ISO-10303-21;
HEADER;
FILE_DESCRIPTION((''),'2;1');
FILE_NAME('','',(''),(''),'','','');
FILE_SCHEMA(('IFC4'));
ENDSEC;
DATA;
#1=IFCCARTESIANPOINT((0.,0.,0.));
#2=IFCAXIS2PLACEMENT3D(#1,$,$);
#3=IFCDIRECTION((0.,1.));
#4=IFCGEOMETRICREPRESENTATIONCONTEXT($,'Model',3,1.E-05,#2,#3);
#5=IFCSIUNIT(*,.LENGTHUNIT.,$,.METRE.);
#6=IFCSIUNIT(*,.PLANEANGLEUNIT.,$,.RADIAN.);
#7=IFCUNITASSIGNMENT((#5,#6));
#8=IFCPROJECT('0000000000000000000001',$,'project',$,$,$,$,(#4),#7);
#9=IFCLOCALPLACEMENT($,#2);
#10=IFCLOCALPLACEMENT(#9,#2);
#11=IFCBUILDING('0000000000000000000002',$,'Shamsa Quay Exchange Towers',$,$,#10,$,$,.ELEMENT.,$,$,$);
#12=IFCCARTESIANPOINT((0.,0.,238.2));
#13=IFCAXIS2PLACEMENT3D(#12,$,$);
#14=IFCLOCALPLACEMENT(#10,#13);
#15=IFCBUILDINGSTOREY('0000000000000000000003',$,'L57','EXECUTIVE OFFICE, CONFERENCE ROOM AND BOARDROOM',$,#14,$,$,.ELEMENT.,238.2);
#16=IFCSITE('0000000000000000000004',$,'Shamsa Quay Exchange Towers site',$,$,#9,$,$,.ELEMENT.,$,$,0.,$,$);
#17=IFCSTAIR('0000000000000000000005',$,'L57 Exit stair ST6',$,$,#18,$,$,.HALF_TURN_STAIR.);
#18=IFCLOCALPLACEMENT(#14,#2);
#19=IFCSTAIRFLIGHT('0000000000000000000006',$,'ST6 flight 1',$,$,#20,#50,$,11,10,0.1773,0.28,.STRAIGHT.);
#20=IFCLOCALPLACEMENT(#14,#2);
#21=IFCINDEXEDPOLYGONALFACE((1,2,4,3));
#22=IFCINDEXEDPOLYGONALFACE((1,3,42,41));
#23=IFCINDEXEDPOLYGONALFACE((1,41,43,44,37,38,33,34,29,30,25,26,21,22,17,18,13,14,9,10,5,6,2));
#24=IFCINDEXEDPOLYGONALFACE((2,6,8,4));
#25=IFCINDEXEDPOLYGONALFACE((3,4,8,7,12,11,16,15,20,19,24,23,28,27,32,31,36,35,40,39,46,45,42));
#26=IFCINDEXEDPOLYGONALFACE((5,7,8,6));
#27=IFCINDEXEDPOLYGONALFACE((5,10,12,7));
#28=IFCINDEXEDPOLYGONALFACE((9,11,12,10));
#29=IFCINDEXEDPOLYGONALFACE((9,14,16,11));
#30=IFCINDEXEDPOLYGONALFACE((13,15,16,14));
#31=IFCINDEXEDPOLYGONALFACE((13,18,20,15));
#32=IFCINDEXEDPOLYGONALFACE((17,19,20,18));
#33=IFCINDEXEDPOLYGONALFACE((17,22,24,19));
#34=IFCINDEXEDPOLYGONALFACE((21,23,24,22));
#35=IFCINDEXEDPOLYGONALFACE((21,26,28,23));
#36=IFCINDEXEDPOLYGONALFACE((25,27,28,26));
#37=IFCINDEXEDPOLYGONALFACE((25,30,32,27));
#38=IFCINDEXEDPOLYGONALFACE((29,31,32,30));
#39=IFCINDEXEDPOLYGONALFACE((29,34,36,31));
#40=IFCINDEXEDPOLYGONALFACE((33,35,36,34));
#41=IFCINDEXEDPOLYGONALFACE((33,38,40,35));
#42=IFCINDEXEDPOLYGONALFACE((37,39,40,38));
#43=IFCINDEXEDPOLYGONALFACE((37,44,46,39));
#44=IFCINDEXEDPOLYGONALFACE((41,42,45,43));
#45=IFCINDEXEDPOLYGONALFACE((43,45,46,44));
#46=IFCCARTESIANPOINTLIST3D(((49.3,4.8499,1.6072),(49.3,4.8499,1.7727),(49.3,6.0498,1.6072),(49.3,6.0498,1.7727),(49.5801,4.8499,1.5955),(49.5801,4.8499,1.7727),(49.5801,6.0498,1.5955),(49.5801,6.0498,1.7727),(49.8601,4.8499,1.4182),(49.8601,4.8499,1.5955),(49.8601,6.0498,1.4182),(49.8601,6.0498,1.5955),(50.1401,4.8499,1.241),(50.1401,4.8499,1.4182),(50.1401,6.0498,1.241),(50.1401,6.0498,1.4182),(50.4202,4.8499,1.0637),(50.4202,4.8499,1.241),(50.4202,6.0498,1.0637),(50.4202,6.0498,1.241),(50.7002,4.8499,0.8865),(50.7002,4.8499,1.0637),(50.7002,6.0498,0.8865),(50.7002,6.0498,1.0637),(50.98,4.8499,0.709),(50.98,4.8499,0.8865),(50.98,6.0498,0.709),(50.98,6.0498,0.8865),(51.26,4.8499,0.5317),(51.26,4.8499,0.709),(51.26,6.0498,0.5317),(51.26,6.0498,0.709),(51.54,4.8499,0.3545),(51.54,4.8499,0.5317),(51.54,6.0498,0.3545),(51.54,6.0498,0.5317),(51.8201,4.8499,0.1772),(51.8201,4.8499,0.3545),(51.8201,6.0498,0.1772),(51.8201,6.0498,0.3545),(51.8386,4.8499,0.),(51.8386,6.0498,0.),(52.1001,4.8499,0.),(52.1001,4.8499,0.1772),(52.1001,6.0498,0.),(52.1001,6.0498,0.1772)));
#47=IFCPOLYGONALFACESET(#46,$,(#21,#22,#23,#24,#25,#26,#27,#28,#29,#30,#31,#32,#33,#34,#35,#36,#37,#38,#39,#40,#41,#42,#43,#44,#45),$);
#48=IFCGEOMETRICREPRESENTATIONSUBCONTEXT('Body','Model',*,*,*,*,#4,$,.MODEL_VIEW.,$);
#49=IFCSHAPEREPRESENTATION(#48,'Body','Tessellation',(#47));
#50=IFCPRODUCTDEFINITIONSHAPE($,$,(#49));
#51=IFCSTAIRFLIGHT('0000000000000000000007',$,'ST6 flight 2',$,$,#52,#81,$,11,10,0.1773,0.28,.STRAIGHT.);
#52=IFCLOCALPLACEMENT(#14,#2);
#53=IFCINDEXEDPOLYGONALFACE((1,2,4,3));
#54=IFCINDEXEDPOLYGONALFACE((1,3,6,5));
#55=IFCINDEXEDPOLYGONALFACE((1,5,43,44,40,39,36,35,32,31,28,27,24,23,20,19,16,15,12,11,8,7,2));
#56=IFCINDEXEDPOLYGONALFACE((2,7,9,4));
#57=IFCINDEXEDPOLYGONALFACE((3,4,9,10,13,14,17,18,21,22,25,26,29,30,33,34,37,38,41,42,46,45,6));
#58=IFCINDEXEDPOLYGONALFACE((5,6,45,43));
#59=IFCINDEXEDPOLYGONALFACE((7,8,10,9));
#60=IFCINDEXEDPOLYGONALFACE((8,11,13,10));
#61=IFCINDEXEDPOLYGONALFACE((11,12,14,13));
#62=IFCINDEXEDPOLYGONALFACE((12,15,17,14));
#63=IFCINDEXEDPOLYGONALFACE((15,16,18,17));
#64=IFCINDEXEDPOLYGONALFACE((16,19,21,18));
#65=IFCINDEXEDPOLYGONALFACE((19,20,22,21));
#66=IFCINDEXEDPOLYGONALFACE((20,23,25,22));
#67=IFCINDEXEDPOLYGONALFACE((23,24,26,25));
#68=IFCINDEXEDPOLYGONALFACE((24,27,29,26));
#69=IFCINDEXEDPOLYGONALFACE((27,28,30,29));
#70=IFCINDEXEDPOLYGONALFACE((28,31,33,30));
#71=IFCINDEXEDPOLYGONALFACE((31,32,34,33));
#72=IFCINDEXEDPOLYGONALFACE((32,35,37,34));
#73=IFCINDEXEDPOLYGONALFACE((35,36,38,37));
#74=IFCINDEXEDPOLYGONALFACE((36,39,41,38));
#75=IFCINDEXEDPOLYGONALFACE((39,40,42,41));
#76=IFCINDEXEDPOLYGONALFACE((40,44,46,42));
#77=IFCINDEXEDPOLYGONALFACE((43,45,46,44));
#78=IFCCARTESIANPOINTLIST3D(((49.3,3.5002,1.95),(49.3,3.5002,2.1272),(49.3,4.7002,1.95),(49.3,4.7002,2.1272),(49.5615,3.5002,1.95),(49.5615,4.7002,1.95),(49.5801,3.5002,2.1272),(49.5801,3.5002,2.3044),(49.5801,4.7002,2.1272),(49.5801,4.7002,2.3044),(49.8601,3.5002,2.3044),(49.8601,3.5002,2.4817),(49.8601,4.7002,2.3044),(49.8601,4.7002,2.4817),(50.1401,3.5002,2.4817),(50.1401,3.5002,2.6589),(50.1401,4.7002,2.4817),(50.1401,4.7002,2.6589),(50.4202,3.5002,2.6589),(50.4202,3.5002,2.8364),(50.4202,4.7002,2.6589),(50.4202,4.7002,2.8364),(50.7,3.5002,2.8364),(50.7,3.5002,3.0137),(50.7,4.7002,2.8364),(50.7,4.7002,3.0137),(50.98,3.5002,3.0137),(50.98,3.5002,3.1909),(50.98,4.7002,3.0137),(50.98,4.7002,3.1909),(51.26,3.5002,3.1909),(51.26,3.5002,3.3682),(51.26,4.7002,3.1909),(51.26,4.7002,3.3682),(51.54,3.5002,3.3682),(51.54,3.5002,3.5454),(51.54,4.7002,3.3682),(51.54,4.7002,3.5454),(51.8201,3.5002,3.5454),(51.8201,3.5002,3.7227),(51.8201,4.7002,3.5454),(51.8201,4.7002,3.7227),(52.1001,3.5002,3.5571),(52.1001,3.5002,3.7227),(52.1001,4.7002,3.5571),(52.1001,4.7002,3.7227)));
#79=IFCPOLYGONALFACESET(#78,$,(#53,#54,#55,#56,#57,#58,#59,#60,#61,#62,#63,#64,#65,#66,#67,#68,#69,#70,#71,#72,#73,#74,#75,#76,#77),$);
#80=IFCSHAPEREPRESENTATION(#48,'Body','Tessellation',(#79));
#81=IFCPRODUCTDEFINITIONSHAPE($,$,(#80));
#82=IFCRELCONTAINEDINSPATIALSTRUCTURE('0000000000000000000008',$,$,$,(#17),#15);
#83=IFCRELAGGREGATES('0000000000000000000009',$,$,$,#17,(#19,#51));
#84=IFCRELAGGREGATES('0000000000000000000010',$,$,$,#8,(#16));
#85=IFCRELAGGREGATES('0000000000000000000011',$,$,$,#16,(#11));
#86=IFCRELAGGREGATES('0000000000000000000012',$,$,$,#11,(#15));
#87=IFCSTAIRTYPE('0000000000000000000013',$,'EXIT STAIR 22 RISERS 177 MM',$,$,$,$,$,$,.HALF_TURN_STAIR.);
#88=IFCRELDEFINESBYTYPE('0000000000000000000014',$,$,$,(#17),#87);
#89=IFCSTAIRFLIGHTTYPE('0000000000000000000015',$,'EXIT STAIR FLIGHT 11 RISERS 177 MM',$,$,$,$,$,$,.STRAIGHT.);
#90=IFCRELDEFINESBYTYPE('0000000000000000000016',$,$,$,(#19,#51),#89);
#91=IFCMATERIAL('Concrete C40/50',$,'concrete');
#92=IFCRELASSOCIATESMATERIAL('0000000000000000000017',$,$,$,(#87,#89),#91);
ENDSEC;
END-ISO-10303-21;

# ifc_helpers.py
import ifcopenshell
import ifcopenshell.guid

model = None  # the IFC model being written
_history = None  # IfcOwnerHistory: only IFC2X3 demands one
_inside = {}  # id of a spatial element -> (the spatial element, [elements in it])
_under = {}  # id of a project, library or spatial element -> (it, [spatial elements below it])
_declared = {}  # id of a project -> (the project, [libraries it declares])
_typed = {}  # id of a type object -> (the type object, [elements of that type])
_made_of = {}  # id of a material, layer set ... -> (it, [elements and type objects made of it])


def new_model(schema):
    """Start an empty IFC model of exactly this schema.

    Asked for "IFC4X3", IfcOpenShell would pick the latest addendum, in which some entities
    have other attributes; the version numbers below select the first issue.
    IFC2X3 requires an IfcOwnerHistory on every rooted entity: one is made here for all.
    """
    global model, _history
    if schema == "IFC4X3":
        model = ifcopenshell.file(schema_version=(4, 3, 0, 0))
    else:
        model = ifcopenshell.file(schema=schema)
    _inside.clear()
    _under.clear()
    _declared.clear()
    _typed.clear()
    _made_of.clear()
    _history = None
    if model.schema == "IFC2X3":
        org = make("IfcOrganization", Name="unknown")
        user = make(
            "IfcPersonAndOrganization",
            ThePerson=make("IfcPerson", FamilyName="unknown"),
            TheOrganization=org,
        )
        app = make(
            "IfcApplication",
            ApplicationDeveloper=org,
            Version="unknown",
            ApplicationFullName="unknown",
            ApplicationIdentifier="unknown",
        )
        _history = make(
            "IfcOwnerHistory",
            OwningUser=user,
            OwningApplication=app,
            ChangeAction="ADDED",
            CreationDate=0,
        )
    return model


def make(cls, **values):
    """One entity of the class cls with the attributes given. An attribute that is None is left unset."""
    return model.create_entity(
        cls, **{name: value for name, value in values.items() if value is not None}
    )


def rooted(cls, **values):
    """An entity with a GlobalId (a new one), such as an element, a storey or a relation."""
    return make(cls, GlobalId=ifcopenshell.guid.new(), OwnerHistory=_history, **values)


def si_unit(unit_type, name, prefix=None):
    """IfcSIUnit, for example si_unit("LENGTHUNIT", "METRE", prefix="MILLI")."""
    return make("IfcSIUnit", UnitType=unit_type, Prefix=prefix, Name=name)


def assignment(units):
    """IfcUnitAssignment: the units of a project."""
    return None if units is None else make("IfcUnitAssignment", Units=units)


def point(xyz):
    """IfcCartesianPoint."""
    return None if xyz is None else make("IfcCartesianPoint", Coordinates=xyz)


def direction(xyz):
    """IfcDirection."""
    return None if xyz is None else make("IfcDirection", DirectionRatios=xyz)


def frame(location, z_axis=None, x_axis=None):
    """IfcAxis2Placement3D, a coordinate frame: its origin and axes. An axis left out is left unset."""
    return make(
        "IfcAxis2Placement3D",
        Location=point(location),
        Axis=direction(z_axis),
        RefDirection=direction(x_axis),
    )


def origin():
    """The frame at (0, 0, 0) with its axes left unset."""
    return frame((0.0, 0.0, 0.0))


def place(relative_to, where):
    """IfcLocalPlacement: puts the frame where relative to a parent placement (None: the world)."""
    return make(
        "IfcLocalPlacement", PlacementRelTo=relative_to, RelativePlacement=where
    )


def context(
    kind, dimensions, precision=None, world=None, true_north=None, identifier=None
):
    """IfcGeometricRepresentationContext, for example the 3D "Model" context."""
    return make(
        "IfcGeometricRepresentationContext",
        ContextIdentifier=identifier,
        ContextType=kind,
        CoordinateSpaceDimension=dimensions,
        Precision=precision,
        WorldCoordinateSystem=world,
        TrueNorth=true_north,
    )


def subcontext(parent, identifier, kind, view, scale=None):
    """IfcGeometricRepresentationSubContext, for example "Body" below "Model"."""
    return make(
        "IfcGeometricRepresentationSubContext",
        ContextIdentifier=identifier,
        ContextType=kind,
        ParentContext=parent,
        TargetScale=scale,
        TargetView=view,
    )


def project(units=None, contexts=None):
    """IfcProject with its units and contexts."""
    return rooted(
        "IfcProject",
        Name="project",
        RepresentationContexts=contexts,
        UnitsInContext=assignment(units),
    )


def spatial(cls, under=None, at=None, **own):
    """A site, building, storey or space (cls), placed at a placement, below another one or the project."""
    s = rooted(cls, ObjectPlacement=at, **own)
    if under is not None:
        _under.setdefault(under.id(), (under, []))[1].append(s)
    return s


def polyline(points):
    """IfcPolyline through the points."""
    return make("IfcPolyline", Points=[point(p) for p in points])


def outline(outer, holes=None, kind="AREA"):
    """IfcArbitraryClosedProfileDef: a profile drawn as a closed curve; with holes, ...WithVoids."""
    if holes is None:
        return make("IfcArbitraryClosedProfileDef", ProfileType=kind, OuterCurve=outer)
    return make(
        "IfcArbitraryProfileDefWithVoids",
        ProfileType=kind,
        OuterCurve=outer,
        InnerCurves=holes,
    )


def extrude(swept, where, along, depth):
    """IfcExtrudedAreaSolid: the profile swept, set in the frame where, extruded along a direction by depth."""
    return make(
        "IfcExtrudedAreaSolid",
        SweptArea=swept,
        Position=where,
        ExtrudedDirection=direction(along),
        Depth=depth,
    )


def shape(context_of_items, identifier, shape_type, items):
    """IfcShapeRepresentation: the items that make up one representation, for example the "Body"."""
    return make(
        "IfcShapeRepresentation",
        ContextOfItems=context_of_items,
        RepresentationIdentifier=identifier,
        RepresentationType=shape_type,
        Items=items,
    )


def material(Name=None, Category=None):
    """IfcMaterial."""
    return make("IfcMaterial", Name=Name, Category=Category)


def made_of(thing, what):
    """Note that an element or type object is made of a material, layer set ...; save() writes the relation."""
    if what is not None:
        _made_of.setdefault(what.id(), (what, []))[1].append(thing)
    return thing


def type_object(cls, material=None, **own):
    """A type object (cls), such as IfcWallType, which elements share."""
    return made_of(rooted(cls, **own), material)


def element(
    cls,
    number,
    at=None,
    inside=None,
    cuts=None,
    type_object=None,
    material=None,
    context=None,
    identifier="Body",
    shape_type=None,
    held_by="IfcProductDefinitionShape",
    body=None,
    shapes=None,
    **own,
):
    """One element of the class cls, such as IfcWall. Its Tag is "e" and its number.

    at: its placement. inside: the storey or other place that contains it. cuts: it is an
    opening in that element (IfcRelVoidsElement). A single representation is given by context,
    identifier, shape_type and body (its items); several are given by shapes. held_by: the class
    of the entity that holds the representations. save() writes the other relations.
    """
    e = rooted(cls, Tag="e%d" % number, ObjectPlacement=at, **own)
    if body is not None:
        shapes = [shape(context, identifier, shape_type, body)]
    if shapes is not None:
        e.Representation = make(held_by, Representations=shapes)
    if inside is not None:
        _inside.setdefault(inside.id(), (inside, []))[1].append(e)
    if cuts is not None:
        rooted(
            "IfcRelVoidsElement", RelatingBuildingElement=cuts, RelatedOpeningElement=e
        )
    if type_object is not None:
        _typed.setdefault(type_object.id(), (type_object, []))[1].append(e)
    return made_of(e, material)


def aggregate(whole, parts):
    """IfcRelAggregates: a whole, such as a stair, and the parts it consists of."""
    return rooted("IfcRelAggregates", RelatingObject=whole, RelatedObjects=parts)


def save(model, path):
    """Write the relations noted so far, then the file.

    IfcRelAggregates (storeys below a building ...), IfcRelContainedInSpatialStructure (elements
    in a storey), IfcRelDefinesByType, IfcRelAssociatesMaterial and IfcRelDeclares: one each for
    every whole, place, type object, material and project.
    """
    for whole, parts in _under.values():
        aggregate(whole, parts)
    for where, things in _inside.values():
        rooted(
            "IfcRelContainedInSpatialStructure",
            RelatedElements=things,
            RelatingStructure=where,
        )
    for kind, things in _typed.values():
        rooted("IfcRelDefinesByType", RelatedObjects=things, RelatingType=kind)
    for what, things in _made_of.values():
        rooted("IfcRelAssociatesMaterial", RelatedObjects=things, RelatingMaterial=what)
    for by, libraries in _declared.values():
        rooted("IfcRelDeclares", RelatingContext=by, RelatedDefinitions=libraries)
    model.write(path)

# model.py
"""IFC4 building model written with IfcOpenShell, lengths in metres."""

from ifc_helpers import new_model, si_unit, direction, frame, origin, place, context, subcontext, project, spatial, polyline, outline, extrude, material, type_object, element, aggregate, save


model = new_model("IFC4")

# Units and contexts
model_context = context("Model", 3, precision=1e-05, world=origin(), true_north=direction((0.0, 1.0)))
body_context = subcontext(model_context, "Body", "Model", "MODEL_VIEW")
ifc_project = project(units=[si_unit("LENGTHUNIT", "METRE"), si_unit("PLANEANGLEUNIT", "RADIAN")], contexts=[model_context])

# Site, building, storey
site_placement = place(None, origin())
site = spatial("IfcSite", under=ifc_project, at=site_placement, Name="Shamsa Quay Exchange Towers site", CompositionType="ELEMENT", RefElevation=0.0)
building_placement = place(site_placement, origin())
building = spatial("IfcBuilding", under=site, at=building_placement, Name="Shamsa Quay Exchange Towers", CompositionType="ELEMENT")
storey_placement = place(building_placement, frame((0.0, 0.0, 238.2)))
storey = spatial("IfcBuildingStorey", under=building, at=storey_placement, Name="L57", Description="EXECUTIVE OFFICE, CONFERENCE ROOM AND BOARDROOM", CompositionType="ELEMENT", Elevation=238.2)

# Stair, stair flights
ifc_material_1 = material(Name="Concrete C40/50", Category="concrete")
stair_type = type_object("IfcStairType", Name="EXIT STAIR 22 RISERS 177 MM", PredefinedType="HALF_TURN_STAIR", material=ifc_material_1)
stair_placement = place(storey_placement, origin())
stair = element("IfcStair", 1, at=stair_placement, inside=storey, type_object=stair_type, Name="L57 Exit stair ST6", PredefinedType="HALF_TURN_STAIR")
stair_flight_type = type_object("IfcStairFlightType", Name="EXIT STAIR FLIGHT 11 RISERS 177 MM", PredefinedType="STRAIGHT", material=ifc_material_1)
stair_flight_1_placement = place(storey_placement, frame((52.1001, 5.45, 0.0), z_axis=(0.0, 0.0, 1.0), x_axis=(-1.0, 0.0, 0.0)))
stair_flight_1 = element("IfcStairFlight", 2, at=stair_flight_1_placement, type_object=stair_flight_type, Name="ST6 flight 1", NumberOfRisers=11, NumberOfTreads=10, PredefinedType="STRAIGHT", RiserHeight=0.1773, TreadLength=0.28, context=body_context, shape_type="SweptSolid", body=[
    extrude(outline(polyline([(0.0, 0.0), (0.0, 0.1772), (0.28, 0.1772), (0.28, 0.3545), (0.5601, 0.3545), (0.5601, 0.5317), (0.8401, 0.5317), (0.8401, 0.709), (1.1201, 0.709), (1.1201, 0.8865), (1.3999, 0.8865), (1.3999, 1.0637), (1.6799, 1.0637), (1.6799, 1.241), (1.96, 1.241), (1.96, 1.4182), (2.24, 1.4182), (2.24, 1.5955), (2.52, 1.5955), (2.52, 1.7727), (2.8, 1.7727), (2.8, 1.95), (2.8, 1.6072), (0.2615, 0.0), (0.0, 0.0)])), frame((0.0, 0.6001, 0.0), z_axis=(0.0, -1.0, 0.0), x_axis=(1.0, 0.0, 0.0)), (0.0, 0.0, 1.0), 1.2),
])
stair_flight_2_placement = place(storey_placement, frame((49.3, 4.1001, 1.95)))
stair_flight_2 = element("IfcStairFlight", 3, at=stair_flight_2_placement, type_object=stair_flight_type, Name="ST6 flight 2", NumberOfRisers=11, NumberOfTreads=10, PredefinedType="STRAIGHT", RiserHeight=0.1773, TreadLength=0.28, context=body_context, shape_type="SweptSolid", body=[
    extrude(outline(polyline([(0.0, 0.0), (0.0, 0.1772), (0.28, 0.1772), (0.28, 0.3545), (0.5601, 0.3545), (0.5601, 0.5317), (0.8401, 0.5317), (0.8401, 0.709), (1.1201, 0.709), (1.1201, 0.8865), (1.3999, 0.8865), (1.3999, 1.0637), (1.6799, 1.0637), (1.6799, 1.241), (1.96, 1.241), (1.96, 1.4182), (2.24, 1.4182), (2.24, 1.5955), (2.52, 1.5955), (2.52, 1.7727), (2.8, 1.7727), (2.8, 1.95), (2.8, 1.6072), (0.2615, 0.0), (0.0, 0.0)])), frame((0.0, 0.6001, 0.0), z_axis=(0.0, -1.0, 0.0), x_axis=(1.0, 0.0, 0.0)), (0.0, 0.0, 1.0), 1.2),
])
aggregate(stair, [stair_flight_1, stair_flight_2])

save(model, "model.ifc")
